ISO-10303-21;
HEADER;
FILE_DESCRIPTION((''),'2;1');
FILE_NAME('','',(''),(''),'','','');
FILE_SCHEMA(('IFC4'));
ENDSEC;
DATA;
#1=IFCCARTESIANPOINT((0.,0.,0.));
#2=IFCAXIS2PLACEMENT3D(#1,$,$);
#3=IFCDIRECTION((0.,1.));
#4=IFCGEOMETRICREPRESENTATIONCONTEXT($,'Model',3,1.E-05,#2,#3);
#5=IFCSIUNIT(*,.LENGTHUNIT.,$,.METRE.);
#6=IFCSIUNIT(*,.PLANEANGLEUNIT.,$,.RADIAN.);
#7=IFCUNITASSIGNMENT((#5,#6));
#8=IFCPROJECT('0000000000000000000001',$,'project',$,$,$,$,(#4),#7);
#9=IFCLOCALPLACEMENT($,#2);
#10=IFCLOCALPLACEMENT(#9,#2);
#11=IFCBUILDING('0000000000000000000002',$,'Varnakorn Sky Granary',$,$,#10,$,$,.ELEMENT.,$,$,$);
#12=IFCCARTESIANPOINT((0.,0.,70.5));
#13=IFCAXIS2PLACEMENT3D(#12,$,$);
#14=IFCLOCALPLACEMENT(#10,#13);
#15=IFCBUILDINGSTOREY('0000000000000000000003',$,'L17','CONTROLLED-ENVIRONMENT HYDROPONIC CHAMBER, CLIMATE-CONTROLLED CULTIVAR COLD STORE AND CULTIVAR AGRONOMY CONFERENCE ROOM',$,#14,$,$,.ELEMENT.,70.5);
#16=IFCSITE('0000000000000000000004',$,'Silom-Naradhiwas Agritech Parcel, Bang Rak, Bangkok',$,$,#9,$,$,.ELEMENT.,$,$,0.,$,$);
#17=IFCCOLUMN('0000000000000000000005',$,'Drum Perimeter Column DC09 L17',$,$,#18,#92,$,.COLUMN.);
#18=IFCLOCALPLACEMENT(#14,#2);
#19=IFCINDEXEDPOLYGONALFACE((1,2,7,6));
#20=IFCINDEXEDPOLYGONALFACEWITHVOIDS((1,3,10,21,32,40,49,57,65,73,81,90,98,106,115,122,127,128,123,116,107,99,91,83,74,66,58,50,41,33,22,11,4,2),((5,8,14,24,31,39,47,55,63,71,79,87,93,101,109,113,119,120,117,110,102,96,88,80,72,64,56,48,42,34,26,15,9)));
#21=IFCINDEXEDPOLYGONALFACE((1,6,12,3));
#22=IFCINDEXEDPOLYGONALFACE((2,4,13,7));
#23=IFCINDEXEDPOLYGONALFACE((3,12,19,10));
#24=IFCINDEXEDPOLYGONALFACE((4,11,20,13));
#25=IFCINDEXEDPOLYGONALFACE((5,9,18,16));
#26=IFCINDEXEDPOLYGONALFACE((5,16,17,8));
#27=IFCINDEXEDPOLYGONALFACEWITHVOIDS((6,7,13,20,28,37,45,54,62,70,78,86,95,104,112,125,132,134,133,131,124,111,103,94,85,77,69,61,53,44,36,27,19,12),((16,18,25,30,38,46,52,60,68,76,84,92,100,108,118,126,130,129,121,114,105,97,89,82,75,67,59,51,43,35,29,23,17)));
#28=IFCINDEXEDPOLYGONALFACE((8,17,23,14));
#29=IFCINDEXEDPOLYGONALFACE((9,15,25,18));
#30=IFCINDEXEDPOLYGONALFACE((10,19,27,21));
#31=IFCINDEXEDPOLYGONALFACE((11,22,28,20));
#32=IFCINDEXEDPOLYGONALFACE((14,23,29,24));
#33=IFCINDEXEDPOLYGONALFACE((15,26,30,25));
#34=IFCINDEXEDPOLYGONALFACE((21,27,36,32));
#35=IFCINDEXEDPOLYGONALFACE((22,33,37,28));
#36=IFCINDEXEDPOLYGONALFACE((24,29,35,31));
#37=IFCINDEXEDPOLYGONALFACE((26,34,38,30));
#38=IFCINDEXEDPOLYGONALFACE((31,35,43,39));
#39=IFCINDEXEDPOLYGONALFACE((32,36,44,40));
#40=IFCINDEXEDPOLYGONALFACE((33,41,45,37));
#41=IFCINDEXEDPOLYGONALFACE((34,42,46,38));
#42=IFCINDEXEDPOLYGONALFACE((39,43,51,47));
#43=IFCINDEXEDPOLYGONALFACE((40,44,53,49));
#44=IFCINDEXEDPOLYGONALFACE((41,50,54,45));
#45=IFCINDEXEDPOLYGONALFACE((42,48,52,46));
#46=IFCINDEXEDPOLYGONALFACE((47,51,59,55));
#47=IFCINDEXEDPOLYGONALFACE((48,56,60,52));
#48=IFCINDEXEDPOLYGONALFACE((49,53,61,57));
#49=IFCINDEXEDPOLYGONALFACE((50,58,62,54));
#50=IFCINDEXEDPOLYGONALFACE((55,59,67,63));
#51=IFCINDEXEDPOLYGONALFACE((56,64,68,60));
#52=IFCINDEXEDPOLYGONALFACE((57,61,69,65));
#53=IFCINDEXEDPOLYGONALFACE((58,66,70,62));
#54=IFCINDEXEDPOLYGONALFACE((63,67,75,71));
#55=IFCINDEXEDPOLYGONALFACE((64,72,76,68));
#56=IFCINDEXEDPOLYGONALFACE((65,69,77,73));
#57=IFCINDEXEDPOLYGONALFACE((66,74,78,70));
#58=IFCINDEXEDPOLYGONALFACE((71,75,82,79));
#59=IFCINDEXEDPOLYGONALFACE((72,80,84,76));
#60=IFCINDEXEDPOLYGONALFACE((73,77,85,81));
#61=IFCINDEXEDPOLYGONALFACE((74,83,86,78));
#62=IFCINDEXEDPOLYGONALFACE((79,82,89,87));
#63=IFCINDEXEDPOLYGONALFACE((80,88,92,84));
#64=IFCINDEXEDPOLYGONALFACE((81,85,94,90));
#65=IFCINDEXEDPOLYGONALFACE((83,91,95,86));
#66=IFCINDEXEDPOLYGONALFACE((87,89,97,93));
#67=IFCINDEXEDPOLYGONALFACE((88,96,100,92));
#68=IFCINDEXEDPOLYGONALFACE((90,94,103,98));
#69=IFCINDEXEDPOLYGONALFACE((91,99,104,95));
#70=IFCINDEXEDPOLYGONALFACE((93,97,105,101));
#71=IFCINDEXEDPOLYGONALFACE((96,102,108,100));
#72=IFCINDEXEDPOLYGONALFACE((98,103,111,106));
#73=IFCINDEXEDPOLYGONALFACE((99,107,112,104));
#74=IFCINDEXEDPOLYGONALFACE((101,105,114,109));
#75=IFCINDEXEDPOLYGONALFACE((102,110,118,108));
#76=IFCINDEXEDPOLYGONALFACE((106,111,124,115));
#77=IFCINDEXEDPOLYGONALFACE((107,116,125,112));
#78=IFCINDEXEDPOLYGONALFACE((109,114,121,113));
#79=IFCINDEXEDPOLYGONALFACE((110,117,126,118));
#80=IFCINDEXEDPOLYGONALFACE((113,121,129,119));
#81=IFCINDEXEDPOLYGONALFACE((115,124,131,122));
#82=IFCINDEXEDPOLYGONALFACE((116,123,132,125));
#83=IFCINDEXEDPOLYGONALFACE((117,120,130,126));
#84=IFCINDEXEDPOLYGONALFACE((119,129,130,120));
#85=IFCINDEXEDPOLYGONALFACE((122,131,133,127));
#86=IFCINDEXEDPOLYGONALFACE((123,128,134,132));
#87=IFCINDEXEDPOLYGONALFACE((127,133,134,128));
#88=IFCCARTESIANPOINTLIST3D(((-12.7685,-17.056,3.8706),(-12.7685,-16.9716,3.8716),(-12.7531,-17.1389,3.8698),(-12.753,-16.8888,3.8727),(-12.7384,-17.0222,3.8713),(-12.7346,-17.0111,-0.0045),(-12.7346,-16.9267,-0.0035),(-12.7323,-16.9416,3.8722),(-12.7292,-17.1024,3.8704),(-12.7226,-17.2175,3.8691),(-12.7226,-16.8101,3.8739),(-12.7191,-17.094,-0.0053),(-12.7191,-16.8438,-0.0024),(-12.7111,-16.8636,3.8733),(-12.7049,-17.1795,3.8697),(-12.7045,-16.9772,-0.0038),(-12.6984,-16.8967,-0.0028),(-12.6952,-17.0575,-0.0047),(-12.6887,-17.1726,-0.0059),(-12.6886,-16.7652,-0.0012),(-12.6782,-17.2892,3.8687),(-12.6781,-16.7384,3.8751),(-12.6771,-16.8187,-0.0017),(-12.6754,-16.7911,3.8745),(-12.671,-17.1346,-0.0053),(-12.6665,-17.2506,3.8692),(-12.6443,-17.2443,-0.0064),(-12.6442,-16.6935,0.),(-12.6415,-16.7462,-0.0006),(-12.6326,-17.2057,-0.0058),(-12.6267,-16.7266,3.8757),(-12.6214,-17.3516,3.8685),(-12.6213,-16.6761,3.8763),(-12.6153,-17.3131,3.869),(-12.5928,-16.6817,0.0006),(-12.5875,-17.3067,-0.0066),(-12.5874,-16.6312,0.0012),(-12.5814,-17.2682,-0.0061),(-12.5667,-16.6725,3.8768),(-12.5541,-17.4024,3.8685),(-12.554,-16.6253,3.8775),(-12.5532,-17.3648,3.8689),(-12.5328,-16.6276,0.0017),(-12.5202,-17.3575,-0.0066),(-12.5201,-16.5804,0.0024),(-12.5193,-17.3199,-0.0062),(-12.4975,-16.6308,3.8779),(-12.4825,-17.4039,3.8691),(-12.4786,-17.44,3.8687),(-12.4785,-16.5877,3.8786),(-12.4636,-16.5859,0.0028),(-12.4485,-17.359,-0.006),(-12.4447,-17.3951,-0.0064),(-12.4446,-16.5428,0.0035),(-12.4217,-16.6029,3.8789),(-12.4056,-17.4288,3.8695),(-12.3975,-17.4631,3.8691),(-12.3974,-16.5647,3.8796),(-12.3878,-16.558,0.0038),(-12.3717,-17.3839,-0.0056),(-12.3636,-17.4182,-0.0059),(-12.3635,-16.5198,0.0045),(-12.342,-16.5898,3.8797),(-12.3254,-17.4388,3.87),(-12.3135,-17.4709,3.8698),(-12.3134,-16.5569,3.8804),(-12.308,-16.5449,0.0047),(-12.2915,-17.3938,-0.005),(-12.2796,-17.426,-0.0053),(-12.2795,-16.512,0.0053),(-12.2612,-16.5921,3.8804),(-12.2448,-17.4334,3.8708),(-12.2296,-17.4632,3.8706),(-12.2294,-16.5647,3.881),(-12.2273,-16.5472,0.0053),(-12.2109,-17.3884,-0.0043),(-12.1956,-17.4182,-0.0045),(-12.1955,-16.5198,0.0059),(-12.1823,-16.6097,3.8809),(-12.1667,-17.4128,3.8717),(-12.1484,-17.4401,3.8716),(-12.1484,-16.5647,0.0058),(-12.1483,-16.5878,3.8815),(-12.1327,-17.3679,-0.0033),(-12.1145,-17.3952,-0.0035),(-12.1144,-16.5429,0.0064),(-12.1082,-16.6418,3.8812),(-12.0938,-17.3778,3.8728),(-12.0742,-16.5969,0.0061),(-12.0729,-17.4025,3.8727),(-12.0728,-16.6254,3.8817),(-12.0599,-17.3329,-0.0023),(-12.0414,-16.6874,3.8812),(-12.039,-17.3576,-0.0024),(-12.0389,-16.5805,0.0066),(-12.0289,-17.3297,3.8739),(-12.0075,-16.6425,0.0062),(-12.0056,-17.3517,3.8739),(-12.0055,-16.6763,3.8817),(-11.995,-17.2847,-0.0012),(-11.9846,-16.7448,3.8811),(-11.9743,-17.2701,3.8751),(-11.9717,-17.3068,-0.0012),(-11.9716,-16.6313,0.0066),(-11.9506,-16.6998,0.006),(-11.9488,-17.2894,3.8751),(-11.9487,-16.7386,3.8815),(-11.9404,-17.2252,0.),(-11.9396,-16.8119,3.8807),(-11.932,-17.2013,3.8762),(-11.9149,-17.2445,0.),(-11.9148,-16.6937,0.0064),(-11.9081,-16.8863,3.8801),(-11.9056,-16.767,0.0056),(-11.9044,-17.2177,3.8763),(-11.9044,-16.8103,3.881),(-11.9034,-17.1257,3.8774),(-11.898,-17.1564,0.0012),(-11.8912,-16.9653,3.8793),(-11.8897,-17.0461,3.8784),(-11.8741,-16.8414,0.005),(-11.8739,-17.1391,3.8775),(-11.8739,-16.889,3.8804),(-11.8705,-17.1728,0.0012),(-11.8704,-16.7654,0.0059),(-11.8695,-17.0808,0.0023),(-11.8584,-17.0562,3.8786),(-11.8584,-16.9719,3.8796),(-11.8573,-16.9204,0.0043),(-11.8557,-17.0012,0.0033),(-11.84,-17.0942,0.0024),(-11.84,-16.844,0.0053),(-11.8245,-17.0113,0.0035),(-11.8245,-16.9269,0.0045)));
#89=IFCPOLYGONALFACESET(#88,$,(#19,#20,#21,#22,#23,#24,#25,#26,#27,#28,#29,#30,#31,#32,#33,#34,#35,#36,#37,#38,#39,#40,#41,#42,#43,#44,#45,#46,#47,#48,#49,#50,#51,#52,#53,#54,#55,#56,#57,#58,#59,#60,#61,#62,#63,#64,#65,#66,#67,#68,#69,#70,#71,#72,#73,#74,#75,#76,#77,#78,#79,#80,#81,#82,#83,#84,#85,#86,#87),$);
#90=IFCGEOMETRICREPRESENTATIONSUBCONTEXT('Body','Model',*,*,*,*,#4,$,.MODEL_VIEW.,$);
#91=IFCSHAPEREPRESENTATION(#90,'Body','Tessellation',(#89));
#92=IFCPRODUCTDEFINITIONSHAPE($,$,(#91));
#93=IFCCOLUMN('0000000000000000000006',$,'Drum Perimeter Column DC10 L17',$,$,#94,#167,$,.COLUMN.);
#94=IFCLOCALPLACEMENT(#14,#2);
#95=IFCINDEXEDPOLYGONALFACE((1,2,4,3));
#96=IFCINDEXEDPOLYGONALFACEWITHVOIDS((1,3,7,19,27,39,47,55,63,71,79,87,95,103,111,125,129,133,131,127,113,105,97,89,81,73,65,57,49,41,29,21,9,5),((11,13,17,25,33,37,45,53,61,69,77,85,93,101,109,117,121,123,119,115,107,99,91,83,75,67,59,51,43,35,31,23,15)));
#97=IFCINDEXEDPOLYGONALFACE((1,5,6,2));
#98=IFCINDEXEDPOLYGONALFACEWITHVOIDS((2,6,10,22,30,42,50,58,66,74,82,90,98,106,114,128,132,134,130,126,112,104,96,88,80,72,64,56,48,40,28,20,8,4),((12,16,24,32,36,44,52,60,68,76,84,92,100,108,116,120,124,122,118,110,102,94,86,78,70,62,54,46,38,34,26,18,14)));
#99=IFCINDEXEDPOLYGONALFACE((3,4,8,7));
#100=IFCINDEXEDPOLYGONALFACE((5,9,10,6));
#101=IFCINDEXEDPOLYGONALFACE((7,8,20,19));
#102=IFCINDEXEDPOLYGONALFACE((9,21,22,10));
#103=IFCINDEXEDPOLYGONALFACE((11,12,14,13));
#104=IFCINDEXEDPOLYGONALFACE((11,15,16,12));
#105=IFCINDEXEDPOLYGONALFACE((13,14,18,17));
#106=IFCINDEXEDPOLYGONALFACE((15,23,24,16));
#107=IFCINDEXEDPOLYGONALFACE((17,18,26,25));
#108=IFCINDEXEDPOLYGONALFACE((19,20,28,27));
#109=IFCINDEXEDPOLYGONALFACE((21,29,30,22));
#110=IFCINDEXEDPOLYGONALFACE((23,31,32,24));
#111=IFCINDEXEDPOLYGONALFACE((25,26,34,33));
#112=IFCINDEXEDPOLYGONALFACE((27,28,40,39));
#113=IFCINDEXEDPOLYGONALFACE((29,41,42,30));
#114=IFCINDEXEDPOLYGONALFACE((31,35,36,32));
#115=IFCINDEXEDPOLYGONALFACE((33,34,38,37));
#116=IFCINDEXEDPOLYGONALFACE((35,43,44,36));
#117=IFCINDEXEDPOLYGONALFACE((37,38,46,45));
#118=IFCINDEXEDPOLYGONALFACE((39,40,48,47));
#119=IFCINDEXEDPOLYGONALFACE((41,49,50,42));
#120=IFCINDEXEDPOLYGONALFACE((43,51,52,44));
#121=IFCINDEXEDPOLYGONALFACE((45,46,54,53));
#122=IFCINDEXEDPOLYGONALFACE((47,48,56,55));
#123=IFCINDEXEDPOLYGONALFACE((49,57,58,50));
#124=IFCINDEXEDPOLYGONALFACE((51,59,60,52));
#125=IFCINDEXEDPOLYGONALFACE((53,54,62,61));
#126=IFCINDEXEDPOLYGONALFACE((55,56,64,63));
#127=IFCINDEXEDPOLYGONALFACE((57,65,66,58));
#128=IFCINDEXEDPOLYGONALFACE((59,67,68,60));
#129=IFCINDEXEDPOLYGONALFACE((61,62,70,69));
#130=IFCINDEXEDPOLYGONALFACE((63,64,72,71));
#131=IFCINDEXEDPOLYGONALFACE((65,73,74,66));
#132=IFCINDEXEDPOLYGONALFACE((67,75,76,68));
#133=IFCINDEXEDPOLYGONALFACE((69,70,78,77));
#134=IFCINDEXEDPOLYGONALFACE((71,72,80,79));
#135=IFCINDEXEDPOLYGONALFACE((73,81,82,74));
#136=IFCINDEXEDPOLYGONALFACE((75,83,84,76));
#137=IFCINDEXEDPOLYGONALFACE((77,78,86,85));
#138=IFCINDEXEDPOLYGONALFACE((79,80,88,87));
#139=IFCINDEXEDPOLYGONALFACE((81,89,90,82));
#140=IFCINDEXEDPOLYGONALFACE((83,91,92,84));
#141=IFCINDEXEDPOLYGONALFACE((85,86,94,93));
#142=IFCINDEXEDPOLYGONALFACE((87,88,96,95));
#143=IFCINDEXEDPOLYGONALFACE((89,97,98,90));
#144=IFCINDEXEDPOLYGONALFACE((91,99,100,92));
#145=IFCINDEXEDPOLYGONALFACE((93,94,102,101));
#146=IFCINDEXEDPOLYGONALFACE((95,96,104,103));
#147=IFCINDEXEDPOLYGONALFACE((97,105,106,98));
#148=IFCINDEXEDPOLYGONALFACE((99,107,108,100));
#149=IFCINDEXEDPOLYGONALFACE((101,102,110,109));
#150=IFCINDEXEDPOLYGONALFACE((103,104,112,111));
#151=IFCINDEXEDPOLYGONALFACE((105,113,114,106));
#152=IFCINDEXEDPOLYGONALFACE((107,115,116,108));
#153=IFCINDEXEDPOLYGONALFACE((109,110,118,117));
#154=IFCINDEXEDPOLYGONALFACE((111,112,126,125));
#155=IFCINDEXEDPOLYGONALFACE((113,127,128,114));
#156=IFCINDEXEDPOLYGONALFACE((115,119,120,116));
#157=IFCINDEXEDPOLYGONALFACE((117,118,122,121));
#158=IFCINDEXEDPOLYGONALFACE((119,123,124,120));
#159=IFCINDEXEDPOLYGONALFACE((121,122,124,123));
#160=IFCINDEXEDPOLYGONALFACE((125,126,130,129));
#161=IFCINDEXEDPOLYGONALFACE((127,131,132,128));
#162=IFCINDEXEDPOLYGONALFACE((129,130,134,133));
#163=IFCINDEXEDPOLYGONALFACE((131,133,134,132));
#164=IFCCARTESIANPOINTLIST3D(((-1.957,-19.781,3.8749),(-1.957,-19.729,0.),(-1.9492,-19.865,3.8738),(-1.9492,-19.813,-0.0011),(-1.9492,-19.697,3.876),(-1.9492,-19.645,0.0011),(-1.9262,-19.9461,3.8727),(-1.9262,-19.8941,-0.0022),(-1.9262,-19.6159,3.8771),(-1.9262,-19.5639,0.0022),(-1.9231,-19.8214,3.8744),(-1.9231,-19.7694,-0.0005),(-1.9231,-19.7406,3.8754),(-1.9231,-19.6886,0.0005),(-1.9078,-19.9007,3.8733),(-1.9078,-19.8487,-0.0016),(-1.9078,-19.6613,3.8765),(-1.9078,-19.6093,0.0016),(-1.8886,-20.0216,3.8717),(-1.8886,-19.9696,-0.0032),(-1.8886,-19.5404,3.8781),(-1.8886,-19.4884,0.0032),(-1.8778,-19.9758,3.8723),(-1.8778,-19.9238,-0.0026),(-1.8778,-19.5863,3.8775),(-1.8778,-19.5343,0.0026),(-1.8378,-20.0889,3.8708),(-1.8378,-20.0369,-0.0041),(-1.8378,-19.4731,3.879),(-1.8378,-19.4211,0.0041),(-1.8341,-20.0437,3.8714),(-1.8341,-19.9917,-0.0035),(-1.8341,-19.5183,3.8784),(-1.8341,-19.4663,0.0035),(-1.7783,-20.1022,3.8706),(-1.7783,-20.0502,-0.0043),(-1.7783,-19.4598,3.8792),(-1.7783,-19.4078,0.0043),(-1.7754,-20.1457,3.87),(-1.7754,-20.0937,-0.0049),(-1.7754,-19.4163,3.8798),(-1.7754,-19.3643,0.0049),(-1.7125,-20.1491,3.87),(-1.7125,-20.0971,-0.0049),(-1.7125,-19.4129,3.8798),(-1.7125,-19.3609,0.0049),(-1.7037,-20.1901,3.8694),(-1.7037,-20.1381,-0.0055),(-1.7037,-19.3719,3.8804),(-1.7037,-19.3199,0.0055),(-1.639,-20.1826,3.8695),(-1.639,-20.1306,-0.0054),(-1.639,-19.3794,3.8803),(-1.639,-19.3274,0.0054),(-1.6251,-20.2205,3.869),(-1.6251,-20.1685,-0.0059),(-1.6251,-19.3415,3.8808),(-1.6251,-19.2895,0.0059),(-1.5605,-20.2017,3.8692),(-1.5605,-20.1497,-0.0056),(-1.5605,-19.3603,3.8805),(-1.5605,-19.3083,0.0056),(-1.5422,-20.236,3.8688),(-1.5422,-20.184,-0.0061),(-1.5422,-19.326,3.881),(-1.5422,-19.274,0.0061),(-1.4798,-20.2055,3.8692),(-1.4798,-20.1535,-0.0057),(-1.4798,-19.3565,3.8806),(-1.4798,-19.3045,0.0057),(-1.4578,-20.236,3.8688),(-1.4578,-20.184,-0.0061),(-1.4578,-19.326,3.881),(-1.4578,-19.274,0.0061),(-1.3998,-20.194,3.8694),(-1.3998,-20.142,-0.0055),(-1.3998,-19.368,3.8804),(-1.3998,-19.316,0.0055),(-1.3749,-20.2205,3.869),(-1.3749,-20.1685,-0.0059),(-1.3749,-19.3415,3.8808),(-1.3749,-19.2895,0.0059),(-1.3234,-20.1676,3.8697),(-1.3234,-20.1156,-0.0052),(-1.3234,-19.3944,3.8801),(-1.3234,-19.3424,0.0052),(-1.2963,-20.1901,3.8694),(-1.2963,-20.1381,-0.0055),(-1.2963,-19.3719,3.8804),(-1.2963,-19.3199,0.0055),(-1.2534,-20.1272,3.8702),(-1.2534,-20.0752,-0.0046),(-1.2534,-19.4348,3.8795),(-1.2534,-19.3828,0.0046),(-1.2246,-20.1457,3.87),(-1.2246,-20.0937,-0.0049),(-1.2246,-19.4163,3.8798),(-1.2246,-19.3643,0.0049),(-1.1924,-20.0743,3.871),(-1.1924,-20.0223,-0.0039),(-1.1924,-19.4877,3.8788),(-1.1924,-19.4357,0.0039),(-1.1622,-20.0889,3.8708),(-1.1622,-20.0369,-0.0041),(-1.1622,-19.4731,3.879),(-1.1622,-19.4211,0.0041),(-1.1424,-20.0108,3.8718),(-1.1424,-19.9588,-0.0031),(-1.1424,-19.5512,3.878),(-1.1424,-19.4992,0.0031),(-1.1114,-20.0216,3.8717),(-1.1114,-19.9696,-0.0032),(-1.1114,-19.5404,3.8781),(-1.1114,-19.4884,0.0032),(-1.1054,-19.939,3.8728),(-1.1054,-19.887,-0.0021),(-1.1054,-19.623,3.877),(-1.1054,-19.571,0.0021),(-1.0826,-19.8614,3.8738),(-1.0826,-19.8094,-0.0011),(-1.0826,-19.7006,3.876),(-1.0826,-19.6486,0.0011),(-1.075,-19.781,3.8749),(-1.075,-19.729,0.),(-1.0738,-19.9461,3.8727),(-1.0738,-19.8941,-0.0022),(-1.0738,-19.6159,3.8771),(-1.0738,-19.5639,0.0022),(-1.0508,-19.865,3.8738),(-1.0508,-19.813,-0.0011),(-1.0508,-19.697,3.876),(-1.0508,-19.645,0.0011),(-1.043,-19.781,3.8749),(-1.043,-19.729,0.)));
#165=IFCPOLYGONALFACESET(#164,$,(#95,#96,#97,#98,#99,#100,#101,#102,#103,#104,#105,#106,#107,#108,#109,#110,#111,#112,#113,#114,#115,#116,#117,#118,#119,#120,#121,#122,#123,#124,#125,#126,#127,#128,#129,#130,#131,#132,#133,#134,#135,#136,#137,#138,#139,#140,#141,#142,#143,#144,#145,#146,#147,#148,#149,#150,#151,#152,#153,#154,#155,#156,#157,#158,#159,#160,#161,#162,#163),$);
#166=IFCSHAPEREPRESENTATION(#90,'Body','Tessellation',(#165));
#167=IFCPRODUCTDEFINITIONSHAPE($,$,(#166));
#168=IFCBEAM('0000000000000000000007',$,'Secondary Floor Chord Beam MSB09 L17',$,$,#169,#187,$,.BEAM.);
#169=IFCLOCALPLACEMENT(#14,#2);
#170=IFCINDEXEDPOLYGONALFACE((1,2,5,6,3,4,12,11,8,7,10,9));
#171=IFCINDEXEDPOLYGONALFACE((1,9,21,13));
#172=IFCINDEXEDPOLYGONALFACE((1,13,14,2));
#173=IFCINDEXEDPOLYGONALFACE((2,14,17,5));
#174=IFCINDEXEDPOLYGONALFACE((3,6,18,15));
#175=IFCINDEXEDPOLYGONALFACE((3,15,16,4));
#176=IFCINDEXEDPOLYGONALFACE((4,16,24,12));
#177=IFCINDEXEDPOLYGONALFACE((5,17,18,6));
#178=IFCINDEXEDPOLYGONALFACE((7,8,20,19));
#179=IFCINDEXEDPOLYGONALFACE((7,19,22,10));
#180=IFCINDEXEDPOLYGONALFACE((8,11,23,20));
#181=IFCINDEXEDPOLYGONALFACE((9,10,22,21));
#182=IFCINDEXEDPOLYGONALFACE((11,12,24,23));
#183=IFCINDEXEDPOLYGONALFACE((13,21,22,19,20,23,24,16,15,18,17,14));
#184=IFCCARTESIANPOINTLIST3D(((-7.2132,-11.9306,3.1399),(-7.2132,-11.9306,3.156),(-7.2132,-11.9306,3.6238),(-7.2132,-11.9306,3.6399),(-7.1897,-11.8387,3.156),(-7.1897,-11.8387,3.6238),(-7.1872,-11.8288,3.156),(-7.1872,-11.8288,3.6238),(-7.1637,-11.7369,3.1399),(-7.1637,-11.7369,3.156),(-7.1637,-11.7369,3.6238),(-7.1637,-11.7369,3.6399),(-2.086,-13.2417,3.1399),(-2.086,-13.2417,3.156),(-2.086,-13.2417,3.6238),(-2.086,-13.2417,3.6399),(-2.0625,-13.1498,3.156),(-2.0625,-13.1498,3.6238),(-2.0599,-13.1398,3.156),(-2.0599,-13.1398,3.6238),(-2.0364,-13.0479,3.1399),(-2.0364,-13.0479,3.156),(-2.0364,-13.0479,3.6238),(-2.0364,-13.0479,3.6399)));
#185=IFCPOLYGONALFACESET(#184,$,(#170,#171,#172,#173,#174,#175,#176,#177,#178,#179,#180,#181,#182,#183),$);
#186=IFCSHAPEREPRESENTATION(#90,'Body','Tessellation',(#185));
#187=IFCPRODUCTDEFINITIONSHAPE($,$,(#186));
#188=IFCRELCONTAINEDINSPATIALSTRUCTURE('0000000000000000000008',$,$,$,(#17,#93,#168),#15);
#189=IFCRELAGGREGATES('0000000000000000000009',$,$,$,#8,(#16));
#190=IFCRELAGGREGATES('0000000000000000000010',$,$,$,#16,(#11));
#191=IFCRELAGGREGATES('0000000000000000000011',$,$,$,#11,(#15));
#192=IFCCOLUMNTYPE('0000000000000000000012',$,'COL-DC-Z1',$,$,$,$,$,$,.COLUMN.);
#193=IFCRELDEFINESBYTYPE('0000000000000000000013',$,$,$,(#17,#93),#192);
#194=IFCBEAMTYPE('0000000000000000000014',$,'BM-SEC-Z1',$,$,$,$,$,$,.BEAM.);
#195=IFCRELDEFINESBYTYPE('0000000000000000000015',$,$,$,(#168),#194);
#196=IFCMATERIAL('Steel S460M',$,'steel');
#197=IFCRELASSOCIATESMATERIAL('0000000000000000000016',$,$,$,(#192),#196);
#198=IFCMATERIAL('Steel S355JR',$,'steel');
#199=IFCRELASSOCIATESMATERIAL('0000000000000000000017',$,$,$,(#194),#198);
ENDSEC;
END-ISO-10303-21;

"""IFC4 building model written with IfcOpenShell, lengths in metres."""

from ifc_helpers import new_model, si_unit, direction, frame, origin, origin_2d, place, context, subcontext, project, spatial, hollow_circle, i_section, extrude, material, material_profile, profile_set, type_object, element, save


model = new_model("IFC4")

# Units and contexts
model_context = context("Model", 3, precision=1e-05, world=origin(), true_north=direction((0.0, 1.0)))
body_context = subcontext(model_context, "Body", "Model", "MODEL_VIEW")
ifc_project = project(units=[si_unit("LENGTHUNIT", "METRE"), si_unit("PLANEANGLEUNIT", "RADIAN")], contexts=[model_context])

# Site, building, storey
site_placement = place(None, origin())
site = spatial("IfcSite", under=ifc_project, at=site_placement, Name="Silom-Naradhiwas Agritech Parcel, Bang Rak, Bangkok", CompositionType="ELEMENT", RefElevation=0.0)
building_placement = place(site_placement, origin())
building = spatial("IfcBuilding", under=site, at=building_placement, Name="Varnakorn Sky Granary", CompositionType="ELEMENT")
storey_placement = place(building_placement, frame((0.0, 0.0, 70.5)))
storey = spatial("IfcBuildingStorey", under=building, at=storey_placement, Name="L17", Description="CONTROLLED-ENVIRONMENT HYDROPONIC CHAMBER, CLIMATE-CONTROLLED CULTIVAR COLD STORE AND CULTIVAR AGRONOMY CONFERENCE ROOM", CompositionType="ELEMENT", Elevation=70.5)

# Columns
ifc_material_1 = material(Name="Steel S460M", Category="steel")
ifc_material_profile_1 = material_profile(ifc_material_1, hollow_circle(Radius=0.457, WallThickness=0.032, at=origin_2d()), Name="CHS 914x32")
ifc_profile_set_1 = profile_set([ifc_material_profile_1], Name="Steel S460M")
column_type = type_object("IfcColumnType", Name="COL-DC-Z1", PredefinedType="COLUMN", material=ifc_profile_set_1)
column_1_placement = place(storey_placement, frame((-12.2795, -16.969, 0.0), z_axis=(-0.008757, -0.011592, 0.999894), x_axis=(0.797914, -0.602772, 0.0)))
element("IfcColumn", 1, at=column_1_placement, inside=storey, type_object=column_type, Name="Drum Perimeter Column DC09 L17", PredefinedType="COLUMN", context=body_context, shape_type="SweptSolid", body=[
    extrude(hollow_circle(Radius=0.457, WallThickness=0.032, at=origin_2d()), origin(), (0.0, 0.0, 1.0), 3.8755),
])
column_2_placement = place(storey_placement, frame((-1.5, -19.729, 0.0), z_axis=(0.0, -0.013419, 0.99991), x_axis=(1.0, 0.0, 0.0)))
element("IfcColumn", 2, at=column_2_placement, inside=storey, type_object=column_type, Name="Drum Perimeter Column DC10 L17", PredefinedType="COLUMN", context=body_context, shape_type="SweptSolid", body=[
    extrude(hollow_circle(Radius=0.457, WallThickness=0.032, at=origin_2d()), origin(), (0.0, 0.0, 1.0), 3.8752),
])

# Beam
ifc_material_2 = material(Name="Steel S355JR", Category="steel")
ifc_material_profile_2 = material_profile(ifc_material_2, i_section(OverallWidth=0.2, OverallDepth=0.5, WebThickness=0.0103, FlangeThickness=0.0161, at=origin_2d()), Name="IPE 500")
ifc_profile_set_2 = profile_set([ifc_material_profile_2], Name="Steel S355JR")
beam_type_1 = type_object("IfcBeamType", Name="BM-SEC-Z1", PredefinedType="BEAM", material=ifc_profile_set_2)
beam_1_placement = place(storey_placement, frame((-7.1885, -11.8337, 3.3899), z_axis=(0.968829, -0.247732, 0.0), x_axis=(0.247732, 0.968829, 0.0)))
element("IfcBeam", 3, at=beam_1_placement, inside=storey, type_object=beam_type_1, Name="Secondary Floor Chord Beam MSB09 L17", PredefinedType="BEAM", context=body_context, shape_type="SweptSolid", body=[
    extrude(i_section(OverallWidth=0.2, OverallDepth=0.5, WebThickness=0.0103, FlangeThickness=0.0161, at=origin_2d()), origin(), (0.0, 0.0, 1.0), 5.2922),
])

save(model, "model.ifc")
